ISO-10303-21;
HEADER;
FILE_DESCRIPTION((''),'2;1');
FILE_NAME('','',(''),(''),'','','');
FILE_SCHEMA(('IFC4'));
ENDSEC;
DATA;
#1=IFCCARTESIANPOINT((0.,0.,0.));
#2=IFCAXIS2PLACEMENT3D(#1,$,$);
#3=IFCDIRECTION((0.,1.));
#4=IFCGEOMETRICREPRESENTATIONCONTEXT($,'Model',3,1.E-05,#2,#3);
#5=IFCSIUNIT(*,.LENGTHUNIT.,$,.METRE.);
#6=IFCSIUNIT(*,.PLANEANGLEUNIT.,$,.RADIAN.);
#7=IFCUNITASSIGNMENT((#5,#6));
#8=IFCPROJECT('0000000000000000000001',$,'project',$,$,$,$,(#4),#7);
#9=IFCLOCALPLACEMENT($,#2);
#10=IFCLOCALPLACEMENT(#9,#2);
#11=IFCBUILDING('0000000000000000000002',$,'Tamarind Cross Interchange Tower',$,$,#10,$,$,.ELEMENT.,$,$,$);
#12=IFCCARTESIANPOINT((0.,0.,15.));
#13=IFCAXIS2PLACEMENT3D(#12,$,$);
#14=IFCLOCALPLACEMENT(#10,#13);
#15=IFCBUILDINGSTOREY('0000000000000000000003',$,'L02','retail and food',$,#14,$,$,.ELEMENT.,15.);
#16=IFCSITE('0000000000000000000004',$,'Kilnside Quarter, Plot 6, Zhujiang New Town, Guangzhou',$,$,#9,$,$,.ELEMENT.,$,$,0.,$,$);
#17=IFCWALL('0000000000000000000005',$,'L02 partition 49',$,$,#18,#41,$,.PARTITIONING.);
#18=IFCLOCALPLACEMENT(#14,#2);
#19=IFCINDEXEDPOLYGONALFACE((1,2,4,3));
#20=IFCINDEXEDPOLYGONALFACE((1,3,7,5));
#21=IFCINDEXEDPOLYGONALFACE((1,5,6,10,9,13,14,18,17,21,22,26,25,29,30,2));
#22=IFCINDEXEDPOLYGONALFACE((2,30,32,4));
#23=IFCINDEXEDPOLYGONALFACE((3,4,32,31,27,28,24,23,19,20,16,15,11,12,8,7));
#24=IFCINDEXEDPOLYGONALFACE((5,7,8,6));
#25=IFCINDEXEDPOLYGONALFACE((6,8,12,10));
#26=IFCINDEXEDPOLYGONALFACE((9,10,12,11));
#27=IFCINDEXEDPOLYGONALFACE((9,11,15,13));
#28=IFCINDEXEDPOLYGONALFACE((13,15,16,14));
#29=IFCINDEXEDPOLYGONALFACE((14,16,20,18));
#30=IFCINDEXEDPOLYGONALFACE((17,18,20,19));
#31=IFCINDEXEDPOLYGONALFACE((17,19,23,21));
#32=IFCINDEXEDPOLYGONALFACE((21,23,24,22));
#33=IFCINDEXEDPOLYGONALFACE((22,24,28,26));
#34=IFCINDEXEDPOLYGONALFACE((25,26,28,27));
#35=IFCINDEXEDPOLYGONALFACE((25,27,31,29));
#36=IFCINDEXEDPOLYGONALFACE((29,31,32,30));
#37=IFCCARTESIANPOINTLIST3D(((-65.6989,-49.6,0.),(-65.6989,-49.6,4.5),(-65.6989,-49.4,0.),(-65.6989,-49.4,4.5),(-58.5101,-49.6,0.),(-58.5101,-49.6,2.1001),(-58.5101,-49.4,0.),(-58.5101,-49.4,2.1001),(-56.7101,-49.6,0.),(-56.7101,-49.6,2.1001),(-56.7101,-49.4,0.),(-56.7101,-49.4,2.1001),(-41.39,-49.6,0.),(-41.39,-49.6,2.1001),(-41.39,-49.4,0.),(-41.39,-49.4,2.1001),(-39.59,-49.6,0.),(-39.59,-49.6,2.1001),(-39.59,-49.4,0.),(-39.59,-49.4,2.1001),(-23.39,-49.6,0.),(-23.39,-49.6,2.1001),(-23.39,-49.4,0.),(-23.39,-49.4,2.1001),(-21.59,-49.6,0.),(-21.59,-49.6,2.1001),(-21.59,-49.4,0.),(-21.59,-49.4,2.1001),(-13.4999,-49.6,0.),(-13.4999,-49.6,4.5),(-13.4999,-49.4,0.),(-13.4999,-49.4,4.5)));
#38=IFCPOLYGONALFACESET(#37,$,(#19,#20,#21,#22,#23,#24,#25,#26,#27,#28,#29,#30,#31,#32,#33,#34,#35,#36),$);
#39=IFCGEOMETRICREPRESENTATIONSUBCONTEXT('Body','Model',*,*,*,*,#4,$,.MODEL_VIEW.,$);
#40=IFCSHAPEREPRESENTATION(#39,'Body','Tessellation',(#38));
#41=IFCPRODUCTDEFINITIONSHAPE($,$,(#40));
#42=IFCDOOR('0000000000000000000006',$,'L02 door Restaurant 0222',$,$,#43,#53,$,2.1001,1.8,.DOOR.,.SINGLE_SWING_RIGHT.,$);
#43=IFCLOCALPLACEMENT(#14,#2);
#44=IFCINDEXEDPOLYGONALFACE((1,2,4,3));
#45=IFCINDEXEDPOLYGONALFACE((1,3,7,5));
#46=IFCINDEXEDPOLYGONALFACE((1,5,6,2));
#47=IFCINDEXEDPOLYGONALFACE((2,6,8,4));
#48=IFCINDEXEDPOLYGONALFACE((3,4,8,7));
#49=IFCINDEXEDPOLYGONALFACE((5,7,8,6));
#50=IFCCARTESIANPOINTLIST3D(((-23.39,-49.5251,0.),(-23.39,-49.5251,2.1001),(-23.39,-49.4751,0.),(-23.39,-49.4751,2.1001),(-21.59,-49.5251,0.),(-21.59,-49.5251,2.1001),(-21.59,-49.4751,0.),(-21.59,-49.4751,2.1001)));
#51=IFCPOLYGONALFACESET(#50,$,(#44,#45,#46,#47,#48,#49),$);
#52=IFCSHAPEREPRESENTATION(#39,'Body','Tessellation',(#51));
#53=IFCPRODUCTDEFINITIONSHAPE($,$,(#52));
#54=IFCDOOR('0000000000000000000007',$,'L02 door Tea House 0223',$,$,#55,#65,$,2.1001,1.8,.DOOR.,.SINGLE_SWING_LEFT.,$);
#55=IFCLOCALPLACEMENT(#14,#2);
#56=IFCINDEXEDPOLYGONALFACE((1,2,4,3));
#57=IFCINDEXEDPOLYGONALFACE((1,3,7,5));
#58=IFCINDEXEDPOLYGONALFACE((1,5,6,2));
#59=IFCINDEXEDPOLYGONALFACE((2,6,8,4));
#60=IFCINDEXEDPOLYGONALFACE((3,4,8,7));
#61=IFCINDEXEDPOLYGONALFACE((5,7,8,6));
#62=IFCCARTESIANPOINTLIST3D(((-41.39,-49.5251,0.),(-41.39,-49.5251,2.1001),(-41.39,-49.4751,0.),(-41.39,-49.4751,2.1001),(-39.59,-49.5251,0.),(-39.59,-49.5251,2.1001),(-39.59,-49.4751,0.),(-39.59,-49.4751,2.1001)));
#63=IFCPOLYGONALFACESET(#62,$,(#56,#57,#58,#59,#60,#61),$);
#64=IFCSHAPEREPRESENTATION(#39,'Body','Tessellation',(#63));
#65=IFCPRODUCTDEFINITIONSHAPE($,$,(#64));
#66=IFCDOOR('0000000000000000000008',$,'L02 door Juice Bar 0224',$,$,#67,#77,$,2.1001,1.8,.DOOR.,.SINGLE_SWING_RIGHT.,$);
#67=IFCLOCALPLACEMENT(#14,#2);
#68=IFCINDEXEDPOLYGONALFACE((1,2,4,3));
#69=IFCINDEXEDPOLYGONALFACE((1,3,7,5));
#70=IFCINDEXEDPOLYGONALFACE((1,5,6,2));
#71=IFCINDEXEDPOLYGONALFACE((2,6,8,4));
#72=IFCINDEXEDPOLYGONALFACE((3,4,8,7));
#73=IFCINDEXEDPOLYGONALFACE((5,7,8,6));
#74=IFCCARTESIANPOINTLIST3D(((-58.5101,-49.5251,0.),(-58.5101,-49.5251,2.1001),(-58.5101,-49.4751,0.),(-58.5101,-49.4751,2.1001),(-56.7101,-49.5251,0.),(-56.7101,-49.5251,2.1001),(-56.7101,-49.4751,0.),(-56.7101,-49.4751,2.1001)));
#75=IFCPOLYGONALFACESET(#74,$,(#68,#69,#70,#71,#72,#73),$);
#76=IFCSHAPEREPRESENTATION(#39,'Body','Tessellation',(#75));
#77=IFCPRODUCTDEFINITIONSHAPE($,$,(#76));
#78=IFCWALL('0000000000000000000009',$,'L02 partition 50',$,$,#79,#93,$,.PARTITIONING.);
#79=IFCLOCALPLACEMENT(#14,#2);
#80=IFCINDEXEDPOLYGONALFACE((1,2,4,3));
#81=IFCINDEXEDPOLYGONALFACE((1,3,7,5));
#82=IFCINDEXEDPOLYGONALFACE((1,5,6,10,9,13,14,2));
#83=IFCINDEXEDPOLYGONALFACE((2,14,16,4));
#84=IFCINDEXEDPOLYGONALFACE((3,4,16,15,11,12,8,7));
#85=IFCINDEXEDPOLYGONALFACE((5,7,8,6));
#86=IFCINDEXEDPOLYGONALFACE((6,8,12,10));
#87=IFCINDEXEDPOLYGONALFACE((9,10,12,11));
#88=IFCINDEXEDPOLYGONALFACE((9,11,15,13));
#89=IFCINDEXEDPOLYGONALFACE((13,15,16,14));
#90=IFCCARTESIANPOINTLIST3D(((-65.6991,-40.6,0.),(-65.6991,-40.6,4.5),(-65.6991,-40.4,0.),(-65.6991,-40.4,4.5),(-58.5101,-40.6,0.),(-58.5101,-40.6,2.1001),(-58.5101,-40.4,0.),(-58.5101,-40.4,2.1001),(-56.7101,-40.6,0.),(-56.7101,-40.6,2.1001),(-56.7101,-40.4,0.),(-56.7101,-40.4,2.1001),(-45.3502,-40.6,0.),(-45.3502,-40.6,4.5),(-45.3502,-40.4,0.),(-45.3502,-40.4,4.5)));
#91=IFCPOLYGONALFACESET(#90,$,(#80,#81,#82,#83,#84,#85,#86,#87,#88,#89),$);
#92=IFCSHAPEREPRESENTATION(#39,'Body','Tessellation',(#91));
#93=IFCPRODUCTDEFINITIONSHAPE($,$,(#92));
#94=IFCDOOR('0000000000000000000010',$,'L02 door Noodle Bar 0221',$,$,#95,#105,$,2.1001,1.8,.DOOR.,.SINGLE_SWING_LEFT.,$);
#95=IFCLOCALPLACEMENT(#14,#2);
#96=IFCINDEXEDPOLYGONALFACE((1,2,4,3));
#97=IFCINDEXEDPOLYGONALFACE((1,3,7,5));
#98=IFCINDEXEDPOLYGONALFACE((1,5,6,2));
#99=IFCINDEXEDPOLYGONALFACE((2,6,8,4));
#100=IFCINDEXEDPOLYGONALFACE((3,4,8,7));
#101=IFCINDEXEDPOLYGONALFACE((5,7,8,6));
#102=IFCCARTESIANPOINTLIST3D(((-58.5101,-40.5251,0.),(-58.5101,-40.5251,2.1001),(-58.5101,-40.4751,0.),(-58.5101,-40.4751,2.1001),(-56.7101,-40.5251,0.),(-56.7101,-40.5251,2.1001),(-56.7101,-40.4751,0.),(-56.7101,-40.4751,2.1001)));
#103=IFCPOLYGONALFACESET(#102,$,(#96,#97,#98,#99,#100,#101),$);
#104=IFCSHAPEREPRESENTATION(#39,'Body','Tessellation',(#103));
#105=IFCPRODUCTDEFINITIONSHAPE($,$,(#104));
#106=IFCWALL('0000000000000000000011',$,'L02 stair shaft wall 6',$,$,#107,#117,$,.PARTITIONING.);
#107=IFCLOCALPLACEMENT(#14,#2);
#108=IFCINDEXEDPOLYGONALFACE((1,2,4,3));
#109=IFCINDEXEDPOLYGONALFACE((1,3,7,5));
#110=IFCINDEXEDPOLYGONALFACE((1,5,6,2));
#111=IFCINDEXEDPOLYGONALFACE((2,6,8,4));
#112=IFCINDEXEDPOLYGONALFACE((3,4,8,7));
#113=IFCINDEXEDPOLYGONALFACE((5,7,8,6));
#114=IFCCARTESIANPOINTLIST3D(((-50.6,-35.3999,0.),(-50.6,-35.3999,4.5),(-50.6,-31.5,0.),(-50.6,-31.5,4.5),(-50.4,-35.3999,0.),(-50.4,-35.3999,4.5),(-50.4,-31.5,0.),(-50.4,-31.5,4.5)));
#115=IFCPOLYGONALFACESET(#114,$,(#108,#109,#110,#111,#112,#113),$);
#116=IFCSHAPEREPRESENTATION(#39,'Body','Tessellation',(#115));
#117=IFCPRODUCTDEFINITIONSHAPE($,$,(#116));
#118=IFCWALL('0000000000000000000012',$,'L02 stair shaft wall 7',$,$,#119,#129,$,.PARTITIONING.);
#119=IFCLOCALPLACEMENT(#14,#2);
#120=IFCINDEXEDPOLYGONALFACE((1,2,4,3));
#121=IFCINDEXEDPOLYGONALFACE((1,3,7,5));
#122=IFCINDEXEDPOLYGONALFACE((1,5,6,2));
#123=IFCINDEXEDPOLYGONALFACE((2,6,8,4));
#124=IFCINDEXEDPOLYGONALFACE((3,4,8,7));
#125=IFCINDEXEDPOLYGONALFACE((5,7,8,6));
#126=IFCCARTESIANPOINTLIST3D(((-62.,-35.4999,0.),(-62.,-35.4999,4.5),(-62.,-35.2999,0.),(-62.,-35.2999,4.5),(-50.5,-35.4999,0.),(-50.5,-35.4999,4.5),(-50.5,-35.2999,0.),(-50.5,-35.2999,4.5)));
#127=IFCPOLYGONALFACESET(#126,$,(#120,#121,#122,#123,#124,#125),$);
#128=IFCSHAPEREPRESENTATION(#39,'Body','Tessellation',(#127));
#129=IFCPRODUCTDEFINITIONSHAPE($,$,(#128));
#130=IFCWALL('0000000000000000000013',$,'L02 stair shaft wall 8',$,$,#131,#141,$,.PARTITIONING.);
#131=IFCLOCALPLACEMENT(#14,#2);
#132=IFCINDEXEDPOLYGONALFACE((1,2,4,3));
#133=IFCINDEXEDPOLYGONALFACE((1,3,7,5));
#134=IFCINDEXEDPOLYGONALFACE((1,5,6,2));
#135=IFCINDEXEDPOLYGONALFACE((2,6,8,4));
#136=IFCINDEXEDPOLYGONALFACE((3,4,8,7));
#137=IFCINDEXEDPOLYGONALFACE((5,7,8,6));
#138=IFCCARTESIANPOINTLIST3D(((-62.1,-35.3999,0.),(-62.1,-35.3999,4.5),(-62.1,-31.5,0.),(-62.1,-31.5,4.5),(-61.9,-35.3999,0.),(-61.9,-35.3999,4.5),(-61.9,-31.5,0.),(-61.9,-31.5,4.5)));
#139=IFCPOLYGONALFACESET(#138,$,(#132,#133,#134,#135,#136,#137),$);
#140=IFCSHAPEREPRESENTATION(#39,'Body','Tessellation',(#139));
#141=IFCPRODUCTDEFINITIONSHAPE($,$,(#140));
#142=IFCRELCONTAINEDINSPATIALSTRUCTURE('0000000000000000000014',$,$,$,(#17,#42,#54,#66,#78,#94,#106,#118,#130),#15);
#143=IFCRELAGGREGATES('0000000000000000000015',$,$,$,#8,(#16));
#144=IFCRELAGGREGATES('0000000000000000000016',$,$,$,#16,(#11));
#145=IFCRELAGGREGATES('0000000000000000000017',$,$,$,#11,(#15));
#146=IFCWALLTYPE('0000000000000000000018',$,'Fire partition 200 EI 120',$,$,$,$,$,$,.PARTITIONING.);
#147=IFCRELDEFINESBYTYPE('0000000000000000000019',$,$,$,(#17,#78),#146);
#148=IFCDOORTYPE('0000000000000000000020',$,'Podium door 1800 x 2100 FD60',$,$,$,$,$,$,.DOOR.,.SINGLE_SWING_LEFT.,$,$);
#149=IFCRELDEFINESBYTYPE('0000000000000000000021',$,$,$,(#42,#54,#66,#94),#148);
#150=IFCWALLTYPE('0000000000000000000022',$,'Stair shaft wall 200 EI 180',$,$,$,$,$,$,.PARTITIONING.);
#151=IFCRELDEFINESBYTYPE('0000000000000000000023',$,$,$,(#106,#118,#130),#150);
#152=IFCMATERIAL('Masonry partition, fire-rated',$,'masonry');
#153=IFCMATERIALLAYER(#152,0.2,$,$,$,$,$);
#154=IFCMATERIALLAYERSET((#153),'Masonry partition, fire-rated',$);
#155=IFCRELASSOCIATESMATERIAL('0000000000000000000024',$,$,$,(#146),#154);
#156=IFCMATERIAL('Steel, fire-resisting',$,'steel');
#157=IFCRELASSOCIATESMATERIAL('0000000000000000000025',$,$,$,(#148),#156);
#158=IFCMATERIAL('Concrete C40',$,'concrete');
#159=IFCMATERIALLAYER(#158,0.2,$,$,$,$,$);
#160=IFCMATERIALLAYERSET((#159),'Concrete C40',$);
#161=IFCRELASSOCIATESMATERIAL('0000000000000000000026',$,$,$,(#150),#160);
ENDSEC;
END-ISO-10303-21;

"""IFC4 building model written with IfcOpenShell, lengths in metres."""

from ifc_helpers import new_model, si_unit, direction, frame, frame_2d, origin, place, context, subcontext, project, spatial, rectangle, extrude, material, layer, layer_set, type_object, element, fill, save


model = new_model("IFC4")

# Units and contexts
model_context = context("Model", 3, precision=1e-05, world=origin(), true_north=direction((0.0, 1.0)))
body_context = subcontext(model_context, "Body", "Model", "MODEL_VIEW")
ifc_project = project(units=[si_unit("LENGTHUNIT", "METRE"), si_unit("PLANEANGLEUNIT", "RADIAN")], contexts=[model_context])

# Site, building, storey
site_placement = place(None, origin())
site = spatial("IfcSite", under=ifc_project, at=site_placement, Name="Kilnside Quarter, Plot 6, Zhujiang New Town, Guangzhou", CompositionType="ELEMENT", RefElevation=0.0)
building_placement = place(site_placement, origin())
building = spatial("IfcBuilding", under=site, at=building_placement, Name="Tamarind Cross Interchange Tower", CompositionType="ELEMENT")
storey_placement = place(building_placement, frame((0.0, 0.0, 15.0)))
storey = spatial("IfcBuildingStorey", under=building, at=storey_placement, Name="L02", Description="retail and food", CompositionType="ELEMENT", Elevation=15.0)

# Wall, openings, doors
ifc_material_1 = material(Name="Masonry partition, fire-rated", Category="masonry")
ifc_layer_1 = layer(ifc_material_1, 0.2)
ifc_layer_set_1 = layer_set([ifc_layer_1], Name="Masonry partition, fire-rated")
wall_type_1 = type_object("IfcWallType", Name="Fire partition 200 EI 120", PredefinedType="PARTITIONING", material=ifc_layer_set_1)
wall_1_placement = place(storey_placement, frame((-65.699, -49.5, 0.0), z_axis=(0.0, 0.0, 1.0), x_axis=(1.0, 0.0, 0.0)))
wall_1 = element("IfcWall", 1, at=wall_1_placement, inside=storey, type_object=wall_type_1, Name="L02 partition 49", PredefinedType="PARTITIONING", context=body_context, shape_type="SweptSolid", body=[
    extrude(rectangle(XDim=52.199, YDim=0.2, at=frame_2d((26.0996, 0.0))), origin(), (0.0, 0.0, 1.0), 4.5),
])
opening_1_placement = place(wall_1_placement, frame((42.3091, 0.0, 0.0)))
opening_1 = element("IfcOpeningElement", 2, at=opening_1_placement, cuts=wall_1, PredefinedType="OPENING", context=body_context, shape_type="SweptSolid", body=[
    extrude(rectangle(XDim=1.8, YDim=2.1001, at=frame_2d((0.8999, 1.05))), frame((0.0, 0.1099, 0.0), z_axis=(0.0, -1.0, 0.0), x_axis=(1.0, 0.0, 0.0)), (0.0, 0.0, 1.0), 0.22),
])
opening_2_placement = place(wall_1_placement, frame((24.3091, 0.0, 0.0)))
opening_2 = element("IfcOpeningElement", 3, at=opening_2_placement, cuts=wall_1, PredefinedType="OPENING", context=body_context, shape_type="SweptSolid", body=[
    extrude(rectangle(XDim=1.8, YDim=2.1001, at=frame_2d((0.8999, 1.05))), frame((0.0, 0.1099, 0.0), z_axis=(0.0, -1.0, 0.0), x_axis=(1.0, 0.0, 0.0)), (0.0, 0.0, 1.0), 0.22),
])
opening_3_placement = place(wall_1_placement, frame((7.189, 0.0, 0.0)))
opening_3 = element("IfcOpeningElement", 4, at=opening_3_placement, cuts=wall_1, PredefinedType="OPENING", context=body_context, shape_type="SweptSolid", body=[
    extrude(rectangle(XDim=1.8, YDim=2.1001, at=frame_2d((0.8999, 1.05))), frame((0.0, 0.1099, 0.0), z_axis=(0.0, -1.0, 0.0), x_axis=(1.0, 0.0, 0.0)), (0.0, 0.0, 1.0), 0.22),
])
ifc_material_2 = material(Name="Steel, fire-resisting", Category="steel")
door_type = type_object("IfcDoorType", Name="Podium door 1800 x 2100 FD60", OperationType="SINGLE_SWING_LEFT", PredefinedType="DOOR", material=ifc_material_2)
door_1_placement = place(opening_1_placement, origin())
door_1 = element("IfcDoor", 5, at=door_1_placement, inside=storey, type_object=door_type, Name="L02 door Restaurant 0222", OperationType="SINGLE_SWING_RIGHT", OverallHeight=2.1001, OverallWidth=1.8, PredefinedType="DOOR", context=body_context, shape_type="SweptSolid", body=[
    extrude(rectangle(XDim=1.8, YDim=2.1001, at=frame_2d((0.8999, 1.05))), frame((0.0, 0.0249, 0.0), z_axis=(0.0, -1.0, 0.0), x_axis=(1.0, 0.0, 0.0)), (0.0, 0.0, 1.0), 0.05),
])
fill(opening_1, door_1)
door_2_placement = place(opening_2_placement, origin())
door_2 = element("IfcDoor", 6, at=door_2_placement, inside=storey, type_object=door_type, Name="L02 door Tea House 0223", OperationType="SINGLE_SWING_LEFT", OverallHeight=2.1001, OverallWidth=1.8, PredefinedType="DOOR", context=body_context, shape_type="SweptSolid", body=[
    extrude(rectangle(XDim=1.8, YDim=2.1001, at=frame_2d((0.8999, 1.05))), frame((0.0, 0.0249, 0.0), z_axis=(0.0, -1.0, 0.0), x_axis=(1.0, 0.0, 0.0)), (0.0, 0.0, 1.0), 0.05),
])
fill(opening_2, door_2)
door_3_placement = place(opening_3_placement, origin())
door_3 = element("IfcDoor", 7, at=door_3_placement, inside=storey, type_object=door_type, Name="L02 door Juice Bar 0224", OperationType="SINGLE_SWING_RIGHT", OverallHeight=2.1001, OverallWidth=1.8, PredefinedType="DOOR", context=body_context, shape_type="SweptSolid", body=[
    extrude(rectangle(XDim=1.8, YDim=2.1001, at=frame_2d((0.8999, 1.05))), frame((0.0, 0.0249, 0.0), z_axis=(0.0, -1.0, 0.0), x_axis=(1.0, 0.0, 0.0)), (0.0, 0.0, 1.0), 0.05),
])
fill(opening_3, door_3)

# Wall, opening, door
wall_2_placement = place(storey_placement, frame((-65.699, -40.5, 0.0), z_axis=(0.0, 0.0, 1.0), x_axis=(1.0, 0.0, 0.0)))
wall_2 = element("IfcWall", 8, at=wall_2_placement, inside=storey, type_object=wall_type_1, Name="L02 partition 50", PredefinedType="PARTITIONING", context=body_context, shape_type="SweptSolid", body=[
    extrude(rectangle(XDim=20.3489, YDim=0.2, at=frame_2d((10.1743, 0.0))), origin(), (0.0, 0.0, 1.0), 4.5),
])
opening_4_placement = place(wall_2_placement, frame((7.189, 0.0, 0.0)))
opening_4 = element("IfcOpeningElement", 9, at=opening_4_placement, cuts=wall_2, PredefinedType="OPENING", context=body_context, shape_type="SweptSolid", body=[
    extrude(rectangle(XDim=1.8, YDim=2.1001, at=frame_2d((0.8999, 1.05))), frame((0.0, 0.1099, 0.0), z_axis=(0.0, -1.0, 0.0), x_axis=(1.0, 0.0, 0.0)), (0.0, 0.0, 1.0), 0.22),
])
door_4_placement = place(opening_4_placement, origin())
door_4 = element("IfcDoor", 10, at=door_4_placement, inside=storey, type_object=door_type, Name="L02 door Noodle Bar 0221", OperationType="SINGLE_SWING_LEFT", OverallHeight=2.1001, OverallWidth=1.8, PredefinedType="DOOR", context=body_context, shape_type="SweptSolid", body=[
    extrude(rectangle(XDim=1.8, YDim=2.1001, at=frame_2d((0.8999, 1.05))), frame((0.0, 0.0249, 0.0), z_axis=(0.0, -1.0, 0.0), x_axis=(1.0, 0.0, 0.0)), (0.0, 0.0, 1.0), 0.05),
])
fill(opening_4, door_4)

# Walls
ifc_material_3 = material(Name="Concrete C40", Category="concrete")
ifc_layer_2 = layer(ifc_material_3, 0.2)
ifc_layer_set_2 = layer_set([ifc_layer_2], Name="Concrete C40")
wall_type_2 = type_object("IfcWallType", Name="Stair shaft wall 200 EI 180", PredefinedType="PARTITIONING", material=ifc_layer_set_2)
wall_3_placement = place(storey_placement, frame((-50.5, -35.3999, 0.0), z_axis=(0.0, 0.0, 1.0), x_axis=(0.0, 1.0, 0.0)))
element("IfcWall", 11, at=wall_3_placement, inside=storey, type_object=wall_type_2, Name="L02 stair shaft wall 6", PredefinedType="PARTITIONING", context=body_context, shape_type="SweptSolid", body=[
    extrude(rectangle(XDim=3.8999, YDim=0.2, at=frame_2d((1.95, 0.0))), origin(), (0.0, 0.0, 1.0), 4.5),
])
wall_4_placement = place(storey_placement, frame((-62.0, -35.3999, 0.0), z_axis=(0.0, 0.0, 1.0), x_axis=(1.0, 0.0, 0.0)))
element("IfcWall", 12, at=wall_4_placement, inside=storey, type_object=wall_type_2, Name="L02 stair shaft wall 7", PredefinedType="PARTITIONING", context=body_context, shape_type="SweptSolid", body=[
    extrude(rectangle(XDim=11.5, YDim=0.2, at=frame_2d((5.75, 0.0))), origin(), (0.0, 0.0, 1.0), 4.5),
])
wall_5_placement = place(storey_placement, frame((-62.0, -35.3999, 0.0), z_axis=(0.0, 0.0, 1.0), x_axis=(0.0, 1.0, 0.0)))
element("IfcWall", 13, at=wall_5_placement, inside=storey, type_object=wall_type_2, Name="L02 stair shaft wall 8", PredefinedType="PARTITIONING", context=body_context, shape_type="SweptSolid", body=[
    extrude(rectangle(XDim=3.8999, YDim=0.2, at=frame_2d((1.95, 0.0))), origin(), (0.0, 0.0, 1.0), 4.5),
])

save(model, "model.ifc")
